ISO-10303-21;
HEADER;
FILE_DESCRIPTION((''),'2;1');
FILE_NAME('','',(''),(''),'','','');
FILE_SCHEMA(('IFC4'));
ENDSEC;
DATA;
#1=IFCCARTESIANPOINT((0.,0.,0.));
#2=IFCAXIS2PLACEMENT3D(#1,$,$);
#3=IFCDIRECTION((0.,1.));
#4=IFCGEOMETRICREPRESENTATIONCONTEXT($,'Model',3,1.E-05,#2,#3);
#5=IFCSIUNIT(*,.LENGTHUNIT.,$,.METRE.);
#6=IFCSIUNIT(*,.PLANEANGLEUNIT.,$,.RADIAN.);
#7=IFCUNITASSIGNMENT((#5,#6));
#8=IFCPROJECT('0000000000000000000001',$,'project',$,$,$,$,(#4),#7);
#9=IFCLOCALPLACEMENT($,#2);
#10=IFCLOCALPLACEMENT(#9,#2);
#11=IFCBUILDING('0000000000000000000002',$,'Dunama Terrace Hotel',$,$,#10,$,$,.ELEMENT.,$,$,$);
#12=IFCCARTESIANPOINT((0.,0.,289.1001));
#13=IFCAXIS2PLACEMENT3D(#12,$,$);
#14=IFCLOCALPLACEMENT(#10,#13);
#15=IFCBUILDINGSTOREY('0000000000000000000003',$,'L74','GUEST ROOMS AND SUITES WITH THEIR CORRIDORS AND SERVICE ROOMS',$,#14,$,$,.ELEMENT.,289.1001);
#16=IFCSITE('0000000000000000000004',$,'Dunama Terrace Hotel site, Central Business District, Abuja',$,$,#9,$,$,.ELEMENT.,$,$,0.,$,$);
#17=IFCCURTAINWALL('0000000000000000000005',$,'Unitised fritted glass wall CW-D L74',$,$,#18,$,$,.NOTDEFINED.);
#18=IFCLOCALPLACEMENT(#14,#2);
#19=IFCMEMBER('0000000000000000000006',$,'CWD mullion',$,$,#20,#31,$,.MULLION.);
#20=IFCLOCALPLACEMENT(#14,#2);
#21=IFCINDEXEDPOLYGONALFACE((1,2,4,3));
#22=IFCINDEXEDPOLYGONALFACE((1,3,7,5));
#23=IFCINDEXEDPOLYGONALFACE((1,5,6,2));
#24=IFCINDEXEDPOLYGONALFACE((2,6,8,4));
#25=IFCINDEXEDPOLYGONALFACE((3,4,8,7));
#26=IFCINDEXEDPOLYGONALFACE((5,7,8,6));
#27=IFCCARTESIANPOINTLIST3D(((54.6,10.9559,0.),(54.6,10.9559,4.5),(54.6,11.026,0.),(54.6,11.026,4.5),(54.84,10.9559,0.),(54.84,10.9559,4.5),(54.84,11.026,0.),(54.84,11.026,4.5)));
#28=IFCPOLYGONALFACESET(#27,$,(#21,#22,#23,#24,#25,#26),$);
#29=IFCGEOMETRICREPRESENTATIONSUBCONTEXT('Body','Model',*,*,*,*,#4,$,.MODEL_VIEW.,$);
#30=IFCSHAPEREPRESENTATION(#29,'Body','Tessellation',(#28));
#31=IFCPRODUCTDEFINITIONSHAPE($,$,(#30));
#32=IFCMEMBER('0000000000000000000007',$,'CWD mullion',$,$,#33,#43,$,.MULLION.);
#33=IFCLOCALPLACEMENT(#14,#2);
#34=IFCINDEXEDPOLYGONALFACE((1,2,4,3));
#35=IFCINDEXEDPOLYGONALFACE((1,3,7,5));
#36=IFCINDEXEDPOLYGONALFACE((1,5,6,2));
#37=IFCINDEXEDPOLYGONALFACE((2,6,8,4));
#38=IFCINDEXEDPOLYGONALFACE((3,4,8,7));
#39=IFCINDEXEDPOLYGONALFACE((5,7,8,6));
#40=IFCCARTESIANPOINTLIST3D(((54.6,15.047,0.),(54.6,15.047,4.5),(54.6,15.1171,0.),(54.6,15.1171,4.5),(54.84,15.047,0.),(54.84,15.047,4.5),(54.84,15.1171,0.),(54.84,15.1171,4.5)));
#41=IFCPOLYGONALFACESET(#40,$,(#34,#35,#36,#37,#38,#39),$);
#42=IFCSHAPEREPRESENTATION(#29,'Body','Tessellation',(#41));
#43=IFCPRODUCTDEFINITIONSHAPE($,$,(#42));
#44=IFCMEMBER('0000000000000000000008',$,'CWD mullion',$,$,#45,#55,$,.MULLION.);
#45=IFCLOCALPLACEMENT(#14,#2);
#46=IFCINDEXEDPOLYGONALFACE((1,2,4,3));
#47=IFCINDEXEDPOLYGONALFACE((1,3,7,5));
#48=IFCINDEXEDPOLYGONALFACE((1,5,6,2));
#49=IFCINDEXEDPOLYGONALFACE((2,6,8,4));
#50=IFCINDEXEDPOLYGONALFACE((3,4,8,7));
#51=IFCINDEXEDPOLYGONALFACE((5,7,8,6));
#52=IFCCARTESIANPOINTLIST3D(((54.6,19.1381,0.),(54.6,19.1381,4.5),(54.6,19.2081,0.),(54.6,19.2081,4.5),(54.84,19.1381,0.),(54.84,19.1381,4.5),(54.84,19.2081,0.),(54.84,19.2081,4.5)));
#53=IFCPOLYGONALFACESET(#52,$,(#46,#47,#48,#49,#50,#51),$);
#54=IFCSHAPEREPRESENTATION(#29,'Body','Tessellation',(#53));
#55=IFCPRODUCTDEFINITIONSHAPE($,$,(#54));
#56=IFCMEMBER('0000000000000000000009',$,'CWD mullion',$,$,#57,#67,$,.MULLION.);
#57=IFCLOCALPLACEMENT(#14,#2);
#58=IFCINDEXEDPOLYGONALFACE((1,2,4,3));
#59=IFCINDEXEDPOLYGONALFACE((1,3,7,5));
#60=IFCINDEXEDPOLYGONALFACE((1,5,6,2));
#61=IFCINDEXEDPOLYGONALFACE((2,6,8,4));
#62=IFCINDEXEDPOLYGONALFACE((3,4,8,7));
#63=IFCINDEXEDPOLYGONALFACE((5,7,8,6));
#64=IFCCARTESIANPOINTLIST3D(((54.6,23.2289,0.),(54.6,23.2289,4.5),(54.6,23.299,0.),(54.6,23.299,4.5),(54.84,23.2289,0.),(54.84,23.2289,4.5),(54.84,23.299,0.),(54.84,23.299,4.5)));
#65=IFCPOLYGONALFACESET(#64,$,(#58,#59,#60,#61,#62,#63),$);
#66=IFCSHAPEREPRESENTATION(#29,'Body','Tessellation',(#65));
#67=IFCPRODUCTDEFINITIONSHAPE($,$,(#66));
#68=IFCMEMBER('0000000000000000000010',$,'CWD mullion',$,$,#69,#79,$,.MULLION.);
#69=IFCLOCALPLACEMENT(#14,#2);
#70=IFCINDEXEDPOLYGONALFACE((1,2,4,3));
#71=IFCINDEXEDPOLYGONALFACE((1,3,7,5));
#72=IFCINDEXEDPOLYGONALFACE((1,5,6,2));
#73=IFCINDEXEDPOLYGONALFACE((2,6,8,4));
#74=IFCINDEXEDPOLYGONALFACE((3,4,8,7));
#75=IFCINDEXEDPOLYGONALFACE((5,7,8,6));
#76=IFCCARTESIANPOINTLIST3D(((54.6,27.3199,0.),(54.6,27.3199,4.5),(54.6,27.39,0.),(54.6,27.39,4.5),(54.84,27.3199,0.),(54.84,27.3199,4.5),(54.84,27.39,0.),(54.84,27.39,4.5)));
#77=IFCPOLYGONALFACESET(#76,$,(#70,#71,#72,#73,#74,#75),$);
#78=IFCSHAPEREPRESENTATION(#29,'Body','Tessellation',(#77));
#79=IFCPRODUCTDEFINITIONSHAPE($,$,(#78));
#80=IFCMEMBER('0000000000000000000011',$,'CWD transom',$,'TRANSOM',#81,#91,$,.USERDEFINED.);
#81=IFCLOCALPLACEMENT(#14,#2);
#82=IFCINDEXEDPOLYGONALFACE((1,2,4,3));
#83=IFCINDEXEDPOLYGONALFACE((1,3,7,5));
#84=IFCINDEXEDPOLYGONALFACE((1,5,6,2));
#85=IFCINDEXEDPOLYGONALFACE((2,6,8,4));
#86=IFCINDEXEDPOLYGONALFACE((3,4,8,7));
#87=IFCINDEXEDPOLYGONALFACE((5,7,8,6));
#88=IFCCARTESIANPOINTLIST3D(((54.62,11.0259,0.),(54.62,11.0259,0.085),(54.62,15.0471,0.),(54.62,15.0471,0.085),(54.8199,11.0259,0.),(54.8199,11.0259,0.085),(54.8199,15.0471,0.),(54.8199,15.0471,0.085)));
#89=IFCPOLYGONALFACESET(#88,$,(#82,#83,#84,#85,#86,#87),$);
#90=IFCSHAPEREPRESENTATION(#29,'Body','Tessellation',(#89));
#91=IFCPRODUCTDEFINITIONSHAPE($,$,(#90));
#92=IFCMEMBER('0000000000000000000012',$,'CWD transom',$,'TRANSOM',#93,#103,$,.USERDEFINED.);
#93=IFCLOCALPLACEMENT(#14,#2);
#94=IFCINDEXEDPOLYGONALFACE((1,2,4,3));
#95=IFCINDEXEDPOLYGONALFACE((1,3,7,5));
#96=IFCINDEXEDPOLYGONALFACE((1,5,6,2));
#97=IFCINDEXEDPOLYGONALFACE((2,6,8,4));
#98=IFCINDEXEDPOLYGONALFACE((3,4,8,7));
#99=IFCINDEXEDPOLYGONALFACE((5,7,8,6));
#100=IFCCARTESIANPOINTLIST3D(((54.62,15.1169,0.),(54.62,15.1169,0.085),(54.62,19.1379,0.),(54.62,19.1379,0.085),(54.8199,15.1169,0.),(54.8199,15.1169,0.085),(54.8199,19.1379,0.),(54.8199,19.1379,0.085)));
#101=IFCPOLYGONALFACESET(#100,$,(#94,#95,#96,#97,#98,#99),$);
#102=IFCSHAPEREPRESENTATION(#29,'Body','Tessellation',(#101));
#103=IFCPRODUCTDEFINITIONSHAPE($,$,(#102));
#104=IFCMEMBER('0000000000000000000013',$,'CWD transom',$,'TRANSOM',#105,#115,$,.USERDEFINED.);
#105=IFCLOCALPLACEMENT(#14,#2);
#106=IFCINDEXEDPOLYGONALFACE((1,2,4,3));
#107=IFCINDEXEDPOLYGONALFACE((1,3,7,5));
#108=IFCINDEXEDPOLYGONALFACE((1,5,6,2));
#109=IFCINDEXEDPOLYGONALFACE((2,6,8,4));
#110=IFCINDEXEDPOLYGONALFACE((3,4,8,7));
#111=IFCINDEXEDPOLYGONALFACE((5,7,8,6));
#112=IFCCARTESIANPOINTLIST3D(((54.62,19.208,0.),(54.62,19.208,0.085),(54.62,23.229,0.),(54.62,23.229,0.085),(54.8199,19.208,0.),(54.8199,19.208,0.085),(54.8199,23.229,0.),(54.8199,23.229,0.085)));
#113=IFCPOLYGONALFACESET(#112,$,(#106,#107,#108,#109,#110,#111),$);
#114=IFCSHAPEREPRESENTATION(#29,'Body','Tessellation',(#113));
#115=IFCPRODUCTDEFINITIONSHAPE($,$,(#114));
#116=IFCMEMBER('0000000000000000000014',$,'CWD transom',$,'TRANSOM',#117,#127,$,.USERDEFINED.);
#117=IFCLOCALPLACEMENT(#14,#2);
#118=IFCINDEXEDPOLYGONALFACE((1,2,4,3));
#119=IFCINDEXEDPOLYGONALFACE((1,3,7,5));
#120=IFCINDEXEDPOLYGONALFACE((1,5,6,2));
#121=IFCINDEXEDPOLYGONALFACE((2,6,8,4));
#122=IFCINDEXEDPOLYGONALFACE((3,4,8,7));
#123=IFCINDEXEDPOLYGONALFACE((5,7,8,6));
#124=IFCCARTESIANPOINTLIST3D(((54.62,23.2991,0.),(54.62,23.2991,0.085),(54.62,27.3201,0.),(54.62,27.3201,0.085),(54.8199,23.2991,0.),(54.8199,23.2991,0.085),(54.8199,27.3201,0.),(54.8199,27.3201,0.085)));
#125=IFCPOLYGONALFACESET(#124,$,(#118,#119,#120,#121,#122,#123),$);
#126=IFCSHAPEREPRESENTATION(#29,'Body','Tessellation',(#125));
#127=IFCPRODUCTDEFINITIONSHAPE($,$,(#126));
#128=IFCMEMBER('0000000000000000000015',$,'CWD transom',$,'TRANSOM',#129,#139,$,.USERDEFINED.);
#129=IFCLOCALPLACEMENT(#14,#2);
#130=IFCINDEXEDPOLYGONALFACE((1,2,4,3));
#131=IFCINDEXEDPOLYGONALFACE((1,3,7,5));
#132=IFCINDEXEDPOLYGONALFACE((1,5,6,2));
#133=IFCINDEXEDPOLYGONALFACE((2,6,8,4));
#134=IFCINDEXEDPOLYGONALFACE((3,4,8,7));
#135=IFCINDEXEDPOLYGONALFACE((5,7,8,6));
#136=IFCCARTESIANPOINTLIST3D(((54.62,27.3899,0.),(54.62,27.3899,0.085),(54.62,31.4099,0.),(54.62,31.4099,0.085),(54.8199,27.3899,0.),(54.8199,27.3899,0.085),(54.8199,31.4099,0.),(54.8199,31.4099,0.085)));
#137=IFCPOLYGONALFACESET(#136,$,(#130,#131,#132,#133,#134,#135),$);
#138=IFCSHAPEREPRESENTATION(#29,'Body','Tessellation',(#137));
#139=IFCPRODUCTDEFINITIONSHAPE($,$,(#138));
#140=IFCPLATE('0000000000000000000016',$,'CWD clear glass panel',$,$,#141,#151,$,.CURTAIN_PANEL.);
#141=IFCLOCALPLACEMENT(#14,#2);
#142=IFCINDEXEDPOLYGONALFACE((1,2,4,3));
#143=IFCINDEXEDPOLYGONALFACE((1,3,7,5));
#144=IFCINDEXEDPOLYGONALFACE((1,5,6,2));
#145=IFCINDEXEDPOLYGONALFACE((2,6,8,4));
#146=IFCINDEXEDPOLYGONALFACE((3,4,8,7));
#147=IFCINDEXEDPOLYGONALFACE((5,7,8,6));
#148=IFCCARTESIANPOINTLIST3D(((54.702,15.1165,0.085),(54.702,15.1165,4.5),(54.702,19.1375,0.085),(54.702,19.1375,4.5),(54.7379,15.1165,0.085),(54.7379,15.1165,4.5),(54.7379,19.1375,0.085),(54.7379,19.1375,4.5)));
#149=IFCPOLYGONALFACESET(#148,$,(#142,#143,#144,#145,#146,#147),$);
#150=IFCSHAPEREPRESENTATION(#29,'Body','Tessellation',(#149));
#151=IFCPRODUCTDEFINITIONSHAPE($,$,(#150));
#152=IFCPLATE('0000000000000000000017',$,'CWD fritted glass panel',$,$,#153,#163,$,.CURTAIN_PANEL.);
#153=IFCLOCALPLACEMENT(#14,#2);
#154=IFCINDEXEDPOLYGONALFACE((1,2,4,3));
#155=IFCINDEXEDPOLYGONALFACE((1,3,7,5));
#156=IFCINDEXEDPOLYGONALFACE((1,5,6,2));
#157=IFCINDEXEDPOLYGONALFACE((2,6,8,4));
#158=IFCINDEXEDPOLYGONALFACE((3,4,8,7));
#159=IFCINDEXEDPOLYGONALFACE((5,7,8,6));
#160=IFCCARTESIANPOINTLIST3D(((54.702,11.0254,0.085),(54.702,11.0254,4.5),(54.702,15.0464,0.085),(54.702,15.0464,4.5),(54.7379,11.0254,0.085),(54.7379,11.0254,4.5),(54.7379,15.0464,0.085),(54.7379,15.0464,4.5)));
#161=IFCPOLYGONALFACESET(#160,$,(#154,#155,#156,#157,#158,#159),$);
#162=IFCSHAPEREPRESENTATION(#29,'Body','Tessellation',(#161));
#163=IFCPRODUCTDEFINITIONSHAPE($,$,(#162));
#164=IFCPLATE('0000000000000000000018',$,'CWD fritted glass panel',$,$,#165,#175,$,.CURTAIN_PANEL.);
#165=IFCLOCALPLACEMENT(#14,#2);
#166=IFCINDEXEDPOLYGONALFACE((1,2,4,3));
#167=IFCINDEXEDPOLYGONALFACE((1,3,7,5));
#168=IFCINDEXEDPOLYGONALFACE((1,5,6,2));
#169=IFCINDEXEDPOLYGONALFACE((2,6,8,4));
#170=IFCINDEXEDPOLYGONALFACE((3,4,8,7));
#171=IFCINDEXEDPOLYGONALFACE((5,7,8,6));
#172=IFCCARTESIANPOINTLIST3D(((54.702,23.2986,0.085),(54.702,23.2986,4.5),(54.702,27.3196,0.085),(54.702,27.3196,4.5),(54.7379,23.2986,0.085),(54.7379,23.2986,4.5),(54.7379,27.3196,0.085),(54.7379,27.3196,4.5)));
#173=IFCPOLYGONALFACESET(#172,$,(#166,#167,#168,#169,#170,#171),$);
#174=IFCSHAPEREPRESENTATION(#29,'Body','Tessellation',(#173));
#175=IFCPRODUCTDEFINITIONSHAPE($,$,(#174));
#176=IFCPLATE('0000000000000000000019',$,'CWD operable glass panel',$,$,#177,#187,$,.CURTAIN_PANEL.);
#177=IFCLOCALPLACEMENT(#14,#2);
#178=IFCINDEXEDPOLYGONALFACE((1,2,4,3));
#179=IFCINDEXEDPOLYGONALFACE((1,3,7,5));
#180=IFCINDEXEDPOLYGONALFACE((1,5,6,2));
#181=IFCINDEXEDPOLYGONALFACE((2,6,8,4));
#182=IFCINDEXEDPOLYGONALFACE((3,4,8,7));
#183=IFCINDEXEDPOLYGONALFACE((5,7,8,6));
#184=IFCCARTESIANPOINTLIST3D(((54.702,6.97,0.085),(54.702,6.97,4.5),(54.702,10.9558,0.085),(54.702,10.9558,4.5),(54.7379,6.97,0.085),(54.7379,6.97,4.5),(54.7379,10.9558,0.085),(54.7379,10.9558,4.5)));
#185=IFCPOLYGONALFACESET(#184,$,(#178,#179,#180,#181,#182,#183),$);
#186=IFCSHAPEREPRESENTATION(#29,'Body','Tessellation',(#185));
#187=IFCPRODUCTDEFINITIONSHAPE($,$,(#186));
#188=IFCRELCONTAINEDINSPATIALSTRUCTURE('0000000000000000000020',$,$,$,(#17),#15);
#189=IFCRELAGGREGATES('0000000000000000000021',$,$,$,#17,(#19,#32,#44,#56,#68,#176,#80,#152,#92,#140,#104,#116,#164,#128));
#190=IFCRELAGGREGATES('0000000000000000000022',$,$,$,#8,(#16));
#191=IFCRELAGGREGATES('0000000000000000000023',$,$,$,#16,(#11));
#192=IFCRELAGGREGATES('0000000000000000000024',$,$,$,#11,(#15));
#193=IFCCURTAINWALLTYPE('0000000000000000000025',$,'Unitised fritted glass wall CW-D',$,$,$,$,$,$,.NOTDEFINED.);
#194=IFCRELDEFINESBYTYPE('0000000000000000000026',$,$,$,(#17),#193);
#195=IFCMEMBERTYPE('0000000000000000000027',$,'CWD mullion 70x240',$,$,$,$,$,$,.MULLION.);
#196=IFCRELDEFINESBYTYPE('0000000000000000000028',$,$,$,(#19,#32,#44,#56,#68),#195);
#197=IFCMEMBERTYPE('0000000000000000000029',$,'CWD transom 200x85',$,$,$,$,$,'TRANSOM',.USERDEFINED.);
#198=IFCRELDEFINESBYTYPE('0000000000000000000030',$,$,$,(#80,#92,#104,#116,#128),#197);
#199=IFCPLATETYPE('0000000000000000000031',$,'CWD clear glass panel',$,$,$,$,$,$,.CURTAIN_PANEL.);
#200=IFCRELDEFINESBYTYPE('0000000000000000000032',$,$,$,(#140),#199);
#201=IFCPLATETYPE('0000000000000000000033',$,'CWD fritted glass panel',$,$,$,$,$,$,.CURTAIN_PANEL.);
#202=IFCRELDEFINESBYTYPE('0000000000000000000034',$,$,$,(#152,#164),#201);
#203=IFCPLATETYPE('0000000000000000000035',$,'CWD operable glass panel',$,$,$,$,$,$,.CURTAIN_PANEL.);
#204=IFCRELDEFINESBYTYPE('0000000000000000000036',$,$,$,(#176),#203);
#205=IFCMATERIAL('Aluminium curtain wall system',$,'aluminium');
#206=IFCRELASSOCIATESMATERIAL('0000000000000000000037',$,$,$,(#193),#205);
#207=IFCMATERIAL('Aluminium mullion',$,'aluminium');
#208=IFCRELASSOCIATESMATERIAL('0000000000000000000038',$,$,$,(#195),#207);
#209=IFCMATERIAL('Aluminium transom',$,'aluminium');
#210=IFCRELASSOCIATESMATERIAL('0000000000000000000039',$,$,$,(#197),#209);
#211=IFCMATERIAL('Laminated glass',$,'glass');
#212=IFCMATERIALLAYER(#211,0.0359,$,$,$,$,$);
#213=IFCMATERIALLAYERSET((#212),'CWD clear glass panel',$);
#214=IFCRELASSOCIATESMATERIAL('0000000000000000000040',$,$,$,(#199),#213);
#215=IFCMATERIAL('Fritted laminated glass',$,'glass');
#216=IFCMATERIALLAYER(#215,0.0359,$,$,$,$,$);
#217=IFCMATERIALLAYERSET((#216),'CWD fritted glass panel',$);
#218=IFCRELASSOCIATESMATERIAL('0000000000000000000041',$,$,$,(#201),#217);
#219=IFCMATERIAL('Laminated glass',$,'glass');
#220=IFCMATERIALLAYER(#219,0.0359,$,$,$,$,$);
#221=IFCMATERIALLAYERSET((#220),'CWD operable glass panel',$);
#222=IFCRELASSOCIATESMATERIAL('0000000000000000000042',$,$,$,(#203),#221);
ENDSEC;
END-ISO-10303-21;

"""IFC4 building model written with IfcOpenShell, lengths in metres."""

from ifc_helpers import new_model, si_unit, direction, frame, origin, origin_2d, place, context, subcontext, project, spatial, rectangle, extrude, material, layer, layer_set, material_profile, profile_set, type_object, element, aggregate, save


model = new_model("IFC4")

# Units and contexts
model_context = context("Model", 3, precision=1e-05, world=origin(), true_north=direction((0.0, 1.0)))
body_context = subcontext(model_context, "Body", "Model", "MODEL_VIEW")
ifc_project = project(units=[si_unit("LENGTHUNIT", "METRE"), si_unit("PLANEANGLEUNIT", "RADIAN")], contexts=[model_context])

# Site, building, storey
site_placement = place(None, origin())
site = spatial("IfcSite", under=ifc_project, at=site_placement, Name="Dunama Terrace Hotel site, Central Business District, Abuja", CompositionType="ELEMENT", RefElevation=0.0)
building_placement = place(site_placement, origin())
building = spatial("IfcBuilding", under=site, at=building_placement, Name="Dunama Terrace Hotel", CompositionType="ELEMENT")
storey_placement = place(building_placement, frame((0.0, 0.0, 289.1001)))
storey = spatial("IfcBuildingStorey", under=building, at=storey_placement, Name="L74", Description="GUEST ROOMS AND SUITES WITH THEIR CORRIDORS AND SERVICE ROOMS", CompositionType="ELEMENT", Elevation=289.1001)

# Curtain wall, members, plates
ifc_material_1 = material(Name="Aluminium curtain wall system", Category="aluminium")
curtain_wall_type = type_object("IfcCurtainWallType", Name="Unitised fritted glass wall CW-D", PredefinedType="NOTDEFINED", material=ifc_material_1)
curtain_wall_placement = place(storey_placement, origin())
curtain_wall = element("IfcCurtainWall", 1, at=curtain_wall_placement, inside=storey, type_object=curtain_wall_type, Name="Unitised fritted glass wall CW-D L74", PredefinedType="NOTDEFINED")
ifc_material_2 = material(Name="Aluminium mullion", Category="aluminium")
ifc_material_profile_1 = material_profile(ifc_material_2, rectangle(XDim=0.0701, YDim=0.24, at=origin_2d()), Name="CWD MULLION 70X240")
ifc_profile_set_1 = profile_set([ifc_material_profile_1], Name="Aluminium mullion")
member_type_1 = type_object("IfcMemberType", Name="CWD mullion 70x240", PredefinedType="MULLION", material=ifc_profile_set_1)
member_1_placement = place(storey_placement, frame((54.72, 10.991, 0.0), z_axis=(0.0, 0.0, 1.0), x_axis=(0.0, 1.0, 0.0)))
member_1 = element("IfcMember", 2, at=member_1_placement, type_object=member_type_1, Name="CWD mullion", PredefinedType="MULLION", context=body_context, shape_type="SweptSolid", body=[
    extrude(rectangle(XDim=0.0701, YDim=0.24, at=origin_2d()), origin(), (0.0, 0.0, 1.0), 4.5),
])
member_2_placement = place(storey_placement, frame((54.72, 15.082, 0.0), z_axis=(0.0, 0.0, 1.0), x_axis=(0.0, 1.0, 0.0)))
member_2 = element("IfcMember", 3, at=member_2_placement, type_object=member_type_1, Name="CWD mullion", PredefinedType="MULLION", context=body_context, shape_type="SweptSolid", body=[
    extrude(rectangle(XDim=0.0701, YDim=0.24, at=origin_2d()), origin(), (0.0, 0.0, 1.0), 4.5),
])
member_3_placement = place(storey_placement, frame((54.72, 19.1731, 0.0), z_axis=(0.0, 0.0, 1.0), x_axis=(0.0, 1.0, 0.0)))
member_3 = element("IfcMember", 4, at=member_3_placement, type_object=member_type_1, Name="CWD mullion", PredefinedType="MULLION", context=body_context, shape_type="SweptSolid", body=[
    extrude(rectangle(XDim=0.0701, YDim=0.24, at=origin_2d()), origin(), (0.0, 0.0, 1.0), 4.5),
])
member_4_placement = place(storey_placement, frame((54.72, 23.2639, 0.0), z_axis=(0.0, 0.0, 1.0), x_axis=(0.0, 1.0, 0.0)))
member_4 = element("IfcMember", 5, at=member_4_placement, type_object=member_type_1, Name="CWD mullion", PredefinedType="MULLION", context=body_context, shape_type="SweptSolid", body=[
    extrude(rectangle(XDim=0.0701, YDim=0.24, at=origin_2d()), origin(), (0.0, 0.0, 1.0), 4.5),
])
member_5_placement = place(storey_placement, frame((54.72, 27.355, 0.0), z_axis=(0.0, 0.0, 1.0), x_axis=(0.0, 1.0, 0.0)))
member_5 = element("IfcMember", 6, at=member_5_placement, type_object=member_type_1, Name="CWD mullion", PredefinedType="MULLION", context=body_context, shape_type="SweptSolid", body=[
    extrude(rectangle(XDim=0.0701, YDim=0.24, at=origin_2d()), origin(), (0.0, 0.0, 1.0), 4.5),
])
ifc_material_3 = material(Name="Aluminium transom", Category="aluminium")
ifc_material_profile_2 = material_profile(ifc_material_3, rectangle(XDim=0.2, YDim=0.085, at=origin_2d()), Name="CWD TRANSOM 200X85")
ifc_profile_set_2 = profile_set([ifc_material_profile_2], Name="Aluminium transom")
member_type_2 = type_object("IfcMemberType", Name="CWD transom 200x85", ElementType="TRANSOM", PredefinedType="USERDEFINED", material=ifc_profile_set_2)
member_6_placement = place(storey_placement, frame((54.72, 11.0259, 0.0425), z_axis=(0.0, 1.0, 0.0), x_axis=(-1.0, 0.0, 0.0)))
member_6 = element("IfcMember", 7, at=member_6_placement, type_object=member_type_2, Name="CWD transom", ObjectType="TRANSOM", PredefinedType="USERDEFINED", context=body_context, shape_type="SweptSolid", body=[
    extrude(rectangle(XDim=0.2, YDim=0.085, at=origin_2d()), origin(), (0.0, 0.0, 1.0), 4.0212),
])
member_7_placement = place(storey_placement, frame((54.72, 15.1169, 0.0425), z_axis=(0.0, 1.0, 0.0), x_axis=(-1.0, 0.0, 0.0)))
member_7 = element("IfcMember", 8, at=member_7_placement, type_object=member_type_2, Name="CWD transom", ObjectType="TRANSOM", PredefinedType="USERDEFINED", context=body_context, shape_type="SweptSolid", body=[
    extrude(rectangle(XDim=0.2, YDim=0.085, at=origin_2d()), origin(), (0.0, 0.0, 1.0), 4.021),
])
member_8_placement = place(storey_placement, frame((54.72, 19.208, 0.0425), z_axis=(0.0, 1.0, 0.0), x_axis=(-1.0, 0.0, 0.0)))
member_8 = element("IfcMember", 9, at=member_8_placement, type_object=member_type_2, Name="CWD transom", ObjectType="TRANSOM", PredefinedType="USERDEFINED", context=body_context, shape_type="SweptSolid", body=[
    extrude(rectangle(XDim=0.2, YDim=0.085, at=origin_2d()), origin(), (0.0, 0.0, 1.0), 4.021),
])
member_9_placement = place(storey_placement, frame((54.72, 23.2991, 0.0425), z_axis=(0.0, 1.0, 0.0), x_axis=(-1.0, 0.0, 0.0)))
member_9 = element("IfcMember", 10, at=member_9_placement, type_object=member_type_2, Name="CWD transom", ObjectType="TRANSOM", PredefinedType="USERDEFINED", context=body_context, shape_type="SweptSolid", body=[
    extrude(rectangle(XDim=0.2, YDim=0.085, at=origin_2d()), origin(), (0.0, 0.0, 1.0), 4.021),
])
member_10_placement = place(storey_placement, frame((54.72, 27.3899, 0.0425), z_axis=(0.0, 1.0, 0.0), x_axis=(-1.0, 0.0, 0.0)))
member_10 = element("IfcMember", 11, at=member_10_placement, type_object=member_type_2, Name="CWD transom", ObjectType="TRANSOM", PredefinedType="USERDEFINED", context=body_context, shape_type="SweptSolid", body=[
    extrude(rectangle(XDim=0.2, YDim=0.085, at=origin_2d()), origin(), (0.0, 0.0, 1.0), 4.02),
])
ifc_material_4 = material(Name="Laminated glass", Category="glass")
ifc_layer_1 = layer(ifc_material_4, 0.0359)
ifc_layer_set_1 = layer_set([ifc_layer_1], Name="CWD clear glass panel")
plate_type_1 = type_object("IfcPlateType", Name="CWD clear glass panel", PredefinedType="CURTAIN_PANEL", material=ifc_layer_set_1)
plate_1_placement = place(storey_placement, frame((54.72, 17.127, 0.085), z_axis=(0.0, 0.0, 1.0), x_axis=(0.0, 1.0, 0.0)))
plate_1 = element("IfcPlate", 12, at=plate_1_placement, type_object=plate_type_1, Name="CWD clear glass panel", PredefinedType="CURTAIN_PANEL", context=body_context, shape_type="SweptSolid", body=[
    extrude(rectangle(XDim=4.021, YDim=0.0359, at=origin_2d()), origin(), (0.0, 0.0, 1.0), 4.415),
])
ifc_material_5 = material(Name="Fritted laminated glass", Category="glass")
ifc_layer_2 = layer(ifc_material_5, 0.0359)
ifc_layer_set_2 = layer_set([ifc_layer_2], Name="CWD fritted glass panel")
plate_type_2 = type_object("IfcPlateType", Name="CWD fritted glass panel", PredefinedType="CURTAIN_PANEL", material=ifc_layer_set_2)
plate_2_placement = place(storey_placement, frame((54.72, 13.0359, 0.085), z_axis=(0.0, 0.0, 1.0), x_axis=(0.0, 1.0, 0.0)))
plate_2 = element("IfcPlate", 13, at=plate_2_placement, type_object=plate_type_2, Name="CWD fritted glass panel", PredefinedType="CURTAIN_PANEL", context=body_context, shape_type="SweptSolid", body=[
    extrude(rectangle(XDim=4.021, YDim=0.0359, at=origin_2d()), origin(), (0.0, 0.0, 1.0), 4.415),
])
plate_3_placement = place(storey_placement, frame((54.72, 25.3091, 0.085), z_axis=(0.0, 0.0, 1.0), x_axis=(0.0, 1.0, 0.0)))
plate_3 = element("IfcPlate", 14, at=plate_3_placement, type_object=plate_type_2, Name="CWD fritted glass panel", PredefinedType="CURTAIN_PANEL", context=body_context, shape_type="SweptSolid", body=[
    extrude(rectangle(XDim=4.021, YDim=0.0359, at=origin_2d()), origin(), (0.0, 0.0, 1.0), 4.415),
])
ifc_material_6 = material(Name="Laminated glass", Category="glass")
ifc_layer_3 = layer(ifc_material_6, 0.0359)
ifc_layer_set_3 = layer_set([ifc_layer_3], Name="CWD operable glass panel")
plate_type_3 = type_object("IfcPlateType", Name="CWD operable glass panel", PredefinedType="CURTAIN_PANEL", material=ifc_layer_set_3)
plate_4_placement = place(storey_placement, frame((54.72, 8.9629, 0.085), z_axis=(0.0, 0.0, 1.0), x_axis=(0.0, 1.0, 0.0)))
plate_4 = element("IfcPlate", 15, at=plate_4_placement, type_object=plate_type_3, Name="CWD operable glass panel", PredefinedType="CURTAIN_PANEL", context=body_context, shape_type="SweptSolid", body=[
    extrude(rectangle(XDim=3.9858, YDim=0.0359, at=origin_2d()), origin(), (0.0, 0.0, 1.0), 4.415),
])
aggregate(curtain_wall, [member_1, member_2, member_3, member_4, member_5, plate_4, member_6, plate_2, member_7, plate_1, member_8, member_9, plate_3, member_10])

save(model, "model.ifc")
